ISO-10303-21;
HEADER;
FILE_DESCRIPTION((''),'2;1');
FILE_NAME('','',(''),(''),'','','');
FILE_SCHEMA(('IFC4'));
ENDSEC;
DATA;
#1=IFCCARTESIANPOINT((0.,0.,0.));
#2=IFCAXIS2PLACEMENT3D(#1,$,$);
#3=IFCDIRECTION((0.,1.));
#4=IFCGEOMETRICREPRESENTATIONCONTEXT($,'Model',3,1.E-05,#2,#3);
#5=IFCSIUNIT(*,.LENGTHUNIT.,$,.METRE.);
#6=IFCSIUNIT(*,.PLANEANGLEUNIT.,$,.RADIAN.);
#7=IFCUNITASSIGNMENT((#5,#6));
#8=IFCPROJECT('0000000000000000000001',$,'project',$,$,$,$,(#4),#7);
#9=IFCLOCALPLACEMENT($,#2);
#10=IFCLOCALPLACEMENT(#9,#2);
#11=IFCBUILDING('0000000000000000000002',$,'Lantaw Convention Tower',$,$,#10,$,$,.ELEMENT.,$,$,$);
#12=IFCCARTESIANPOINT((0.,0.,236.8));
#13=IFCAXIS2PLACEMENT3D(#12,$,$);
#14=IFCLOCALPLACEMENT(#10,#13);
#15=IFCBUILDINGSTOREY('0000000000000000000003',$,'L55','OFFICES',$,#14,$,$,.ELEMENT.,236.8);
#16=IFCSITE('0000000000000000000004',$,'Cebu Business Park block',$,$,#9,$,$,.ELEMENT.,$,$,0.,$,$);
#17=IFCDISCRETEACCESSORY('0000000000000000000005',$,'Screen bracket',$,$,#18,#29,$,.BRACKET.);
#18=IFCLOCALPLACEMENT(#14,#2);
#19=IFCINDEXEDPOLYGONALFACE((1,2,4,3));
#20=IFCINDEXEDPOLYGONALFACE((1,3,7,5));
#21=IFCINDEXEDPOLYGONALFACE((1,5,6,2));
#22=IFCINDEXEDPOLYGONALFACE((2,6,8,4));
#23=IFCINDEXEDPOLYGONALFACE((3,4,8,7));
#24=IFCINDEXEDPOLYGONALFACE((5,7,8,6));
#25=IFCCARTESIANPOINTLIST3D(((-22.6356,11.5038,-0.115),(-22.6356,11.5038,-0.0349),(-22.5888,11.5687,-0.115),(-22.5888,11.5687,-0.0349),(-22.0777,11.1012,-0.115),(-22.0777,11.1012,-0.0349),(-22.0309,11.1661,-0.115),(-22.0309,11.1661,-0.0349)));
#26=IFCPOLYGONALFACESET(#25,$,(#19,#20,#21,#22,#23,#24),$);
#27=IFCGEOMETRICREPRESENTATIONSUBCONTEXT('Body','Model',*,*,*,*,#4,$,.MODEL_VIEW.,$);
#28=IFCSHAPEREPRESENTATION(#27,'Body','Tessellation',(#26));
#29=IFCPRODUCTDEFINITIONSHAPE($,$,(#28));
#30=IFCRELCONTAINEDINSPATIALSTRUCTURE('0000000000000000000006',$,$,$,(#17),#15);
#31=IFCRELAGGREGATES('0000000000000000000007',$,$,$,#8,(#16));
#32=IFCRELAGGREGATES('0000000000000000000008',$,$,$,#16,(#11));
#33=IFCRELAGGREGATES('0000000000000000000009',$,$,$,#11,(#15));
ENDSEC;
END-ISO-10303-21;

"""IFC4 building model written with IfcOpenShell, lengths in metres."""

from ifc_helpers import new_model, si_unit, direction, frame, origin, origin_2d, place, context, subcontext, project, spatial, rectangle, extrude, element, save


model = new_model("IFC4")

# Units and contexts
model_context = context("Model", 3, precision=1e-05, world=origin(), true_north=direction((0.0, 1.0)))
body_context = subcontext(model_context, "Body", "Model", "MODEL_VIEW")
ifc_project = project(units=[si_unit("LENGTHUNIT", "METRE"), si_unit("PLANEANGLEUNIT", "RADIAN")], contexts=[model_context])

# Site, building, storey
site_placement = place(None, origin())
site = spatial("IfcSite", under=ifc_project, at=site_placement, Name="Cebu Business Park block", CompositionType="ELEMENT", RefElevation=0.0)
building_placement = place(site_placement, origin())
building = spatial("IfcBuilding", under=site, at=building_placement, Name="Lantaw Convention Tower", CompositionType="ELEMENT")
storey_placement = place(building_placement, frame((0.0, 0.0, 236.8)))
storey = spatial("IfcBuildingStorey", under=building, at=storey_placement, Name="L55", Description="OFFICES", CompositionType="ELEMENT", Elevation=236.8)

# Discrete accessory
for number, where, z_axis, x_axis, name in (
    (1, (-22.3333, 11.335, -0.115), (0.0, 0.0, 1.0), (-0.585158, -0.81092, 0.0), "Screen bracket"),
):
    element("IfcDiscreteAccessory", number, at=place(storey_placement, frame(where, z_axis=z_axis, x_axis=x_axis)), inside=storey, Name=name, PredefinedType="BRACKET", context=body_context, shape_type="SweptSolid", body=[
        extrude(rectangle(XDim=0.0801, YDim=0.688, at=origin_2d()), origin(), (0.0, 0.0, 1.0), 0.0801),
    ])

save(model, "model.ifc")
